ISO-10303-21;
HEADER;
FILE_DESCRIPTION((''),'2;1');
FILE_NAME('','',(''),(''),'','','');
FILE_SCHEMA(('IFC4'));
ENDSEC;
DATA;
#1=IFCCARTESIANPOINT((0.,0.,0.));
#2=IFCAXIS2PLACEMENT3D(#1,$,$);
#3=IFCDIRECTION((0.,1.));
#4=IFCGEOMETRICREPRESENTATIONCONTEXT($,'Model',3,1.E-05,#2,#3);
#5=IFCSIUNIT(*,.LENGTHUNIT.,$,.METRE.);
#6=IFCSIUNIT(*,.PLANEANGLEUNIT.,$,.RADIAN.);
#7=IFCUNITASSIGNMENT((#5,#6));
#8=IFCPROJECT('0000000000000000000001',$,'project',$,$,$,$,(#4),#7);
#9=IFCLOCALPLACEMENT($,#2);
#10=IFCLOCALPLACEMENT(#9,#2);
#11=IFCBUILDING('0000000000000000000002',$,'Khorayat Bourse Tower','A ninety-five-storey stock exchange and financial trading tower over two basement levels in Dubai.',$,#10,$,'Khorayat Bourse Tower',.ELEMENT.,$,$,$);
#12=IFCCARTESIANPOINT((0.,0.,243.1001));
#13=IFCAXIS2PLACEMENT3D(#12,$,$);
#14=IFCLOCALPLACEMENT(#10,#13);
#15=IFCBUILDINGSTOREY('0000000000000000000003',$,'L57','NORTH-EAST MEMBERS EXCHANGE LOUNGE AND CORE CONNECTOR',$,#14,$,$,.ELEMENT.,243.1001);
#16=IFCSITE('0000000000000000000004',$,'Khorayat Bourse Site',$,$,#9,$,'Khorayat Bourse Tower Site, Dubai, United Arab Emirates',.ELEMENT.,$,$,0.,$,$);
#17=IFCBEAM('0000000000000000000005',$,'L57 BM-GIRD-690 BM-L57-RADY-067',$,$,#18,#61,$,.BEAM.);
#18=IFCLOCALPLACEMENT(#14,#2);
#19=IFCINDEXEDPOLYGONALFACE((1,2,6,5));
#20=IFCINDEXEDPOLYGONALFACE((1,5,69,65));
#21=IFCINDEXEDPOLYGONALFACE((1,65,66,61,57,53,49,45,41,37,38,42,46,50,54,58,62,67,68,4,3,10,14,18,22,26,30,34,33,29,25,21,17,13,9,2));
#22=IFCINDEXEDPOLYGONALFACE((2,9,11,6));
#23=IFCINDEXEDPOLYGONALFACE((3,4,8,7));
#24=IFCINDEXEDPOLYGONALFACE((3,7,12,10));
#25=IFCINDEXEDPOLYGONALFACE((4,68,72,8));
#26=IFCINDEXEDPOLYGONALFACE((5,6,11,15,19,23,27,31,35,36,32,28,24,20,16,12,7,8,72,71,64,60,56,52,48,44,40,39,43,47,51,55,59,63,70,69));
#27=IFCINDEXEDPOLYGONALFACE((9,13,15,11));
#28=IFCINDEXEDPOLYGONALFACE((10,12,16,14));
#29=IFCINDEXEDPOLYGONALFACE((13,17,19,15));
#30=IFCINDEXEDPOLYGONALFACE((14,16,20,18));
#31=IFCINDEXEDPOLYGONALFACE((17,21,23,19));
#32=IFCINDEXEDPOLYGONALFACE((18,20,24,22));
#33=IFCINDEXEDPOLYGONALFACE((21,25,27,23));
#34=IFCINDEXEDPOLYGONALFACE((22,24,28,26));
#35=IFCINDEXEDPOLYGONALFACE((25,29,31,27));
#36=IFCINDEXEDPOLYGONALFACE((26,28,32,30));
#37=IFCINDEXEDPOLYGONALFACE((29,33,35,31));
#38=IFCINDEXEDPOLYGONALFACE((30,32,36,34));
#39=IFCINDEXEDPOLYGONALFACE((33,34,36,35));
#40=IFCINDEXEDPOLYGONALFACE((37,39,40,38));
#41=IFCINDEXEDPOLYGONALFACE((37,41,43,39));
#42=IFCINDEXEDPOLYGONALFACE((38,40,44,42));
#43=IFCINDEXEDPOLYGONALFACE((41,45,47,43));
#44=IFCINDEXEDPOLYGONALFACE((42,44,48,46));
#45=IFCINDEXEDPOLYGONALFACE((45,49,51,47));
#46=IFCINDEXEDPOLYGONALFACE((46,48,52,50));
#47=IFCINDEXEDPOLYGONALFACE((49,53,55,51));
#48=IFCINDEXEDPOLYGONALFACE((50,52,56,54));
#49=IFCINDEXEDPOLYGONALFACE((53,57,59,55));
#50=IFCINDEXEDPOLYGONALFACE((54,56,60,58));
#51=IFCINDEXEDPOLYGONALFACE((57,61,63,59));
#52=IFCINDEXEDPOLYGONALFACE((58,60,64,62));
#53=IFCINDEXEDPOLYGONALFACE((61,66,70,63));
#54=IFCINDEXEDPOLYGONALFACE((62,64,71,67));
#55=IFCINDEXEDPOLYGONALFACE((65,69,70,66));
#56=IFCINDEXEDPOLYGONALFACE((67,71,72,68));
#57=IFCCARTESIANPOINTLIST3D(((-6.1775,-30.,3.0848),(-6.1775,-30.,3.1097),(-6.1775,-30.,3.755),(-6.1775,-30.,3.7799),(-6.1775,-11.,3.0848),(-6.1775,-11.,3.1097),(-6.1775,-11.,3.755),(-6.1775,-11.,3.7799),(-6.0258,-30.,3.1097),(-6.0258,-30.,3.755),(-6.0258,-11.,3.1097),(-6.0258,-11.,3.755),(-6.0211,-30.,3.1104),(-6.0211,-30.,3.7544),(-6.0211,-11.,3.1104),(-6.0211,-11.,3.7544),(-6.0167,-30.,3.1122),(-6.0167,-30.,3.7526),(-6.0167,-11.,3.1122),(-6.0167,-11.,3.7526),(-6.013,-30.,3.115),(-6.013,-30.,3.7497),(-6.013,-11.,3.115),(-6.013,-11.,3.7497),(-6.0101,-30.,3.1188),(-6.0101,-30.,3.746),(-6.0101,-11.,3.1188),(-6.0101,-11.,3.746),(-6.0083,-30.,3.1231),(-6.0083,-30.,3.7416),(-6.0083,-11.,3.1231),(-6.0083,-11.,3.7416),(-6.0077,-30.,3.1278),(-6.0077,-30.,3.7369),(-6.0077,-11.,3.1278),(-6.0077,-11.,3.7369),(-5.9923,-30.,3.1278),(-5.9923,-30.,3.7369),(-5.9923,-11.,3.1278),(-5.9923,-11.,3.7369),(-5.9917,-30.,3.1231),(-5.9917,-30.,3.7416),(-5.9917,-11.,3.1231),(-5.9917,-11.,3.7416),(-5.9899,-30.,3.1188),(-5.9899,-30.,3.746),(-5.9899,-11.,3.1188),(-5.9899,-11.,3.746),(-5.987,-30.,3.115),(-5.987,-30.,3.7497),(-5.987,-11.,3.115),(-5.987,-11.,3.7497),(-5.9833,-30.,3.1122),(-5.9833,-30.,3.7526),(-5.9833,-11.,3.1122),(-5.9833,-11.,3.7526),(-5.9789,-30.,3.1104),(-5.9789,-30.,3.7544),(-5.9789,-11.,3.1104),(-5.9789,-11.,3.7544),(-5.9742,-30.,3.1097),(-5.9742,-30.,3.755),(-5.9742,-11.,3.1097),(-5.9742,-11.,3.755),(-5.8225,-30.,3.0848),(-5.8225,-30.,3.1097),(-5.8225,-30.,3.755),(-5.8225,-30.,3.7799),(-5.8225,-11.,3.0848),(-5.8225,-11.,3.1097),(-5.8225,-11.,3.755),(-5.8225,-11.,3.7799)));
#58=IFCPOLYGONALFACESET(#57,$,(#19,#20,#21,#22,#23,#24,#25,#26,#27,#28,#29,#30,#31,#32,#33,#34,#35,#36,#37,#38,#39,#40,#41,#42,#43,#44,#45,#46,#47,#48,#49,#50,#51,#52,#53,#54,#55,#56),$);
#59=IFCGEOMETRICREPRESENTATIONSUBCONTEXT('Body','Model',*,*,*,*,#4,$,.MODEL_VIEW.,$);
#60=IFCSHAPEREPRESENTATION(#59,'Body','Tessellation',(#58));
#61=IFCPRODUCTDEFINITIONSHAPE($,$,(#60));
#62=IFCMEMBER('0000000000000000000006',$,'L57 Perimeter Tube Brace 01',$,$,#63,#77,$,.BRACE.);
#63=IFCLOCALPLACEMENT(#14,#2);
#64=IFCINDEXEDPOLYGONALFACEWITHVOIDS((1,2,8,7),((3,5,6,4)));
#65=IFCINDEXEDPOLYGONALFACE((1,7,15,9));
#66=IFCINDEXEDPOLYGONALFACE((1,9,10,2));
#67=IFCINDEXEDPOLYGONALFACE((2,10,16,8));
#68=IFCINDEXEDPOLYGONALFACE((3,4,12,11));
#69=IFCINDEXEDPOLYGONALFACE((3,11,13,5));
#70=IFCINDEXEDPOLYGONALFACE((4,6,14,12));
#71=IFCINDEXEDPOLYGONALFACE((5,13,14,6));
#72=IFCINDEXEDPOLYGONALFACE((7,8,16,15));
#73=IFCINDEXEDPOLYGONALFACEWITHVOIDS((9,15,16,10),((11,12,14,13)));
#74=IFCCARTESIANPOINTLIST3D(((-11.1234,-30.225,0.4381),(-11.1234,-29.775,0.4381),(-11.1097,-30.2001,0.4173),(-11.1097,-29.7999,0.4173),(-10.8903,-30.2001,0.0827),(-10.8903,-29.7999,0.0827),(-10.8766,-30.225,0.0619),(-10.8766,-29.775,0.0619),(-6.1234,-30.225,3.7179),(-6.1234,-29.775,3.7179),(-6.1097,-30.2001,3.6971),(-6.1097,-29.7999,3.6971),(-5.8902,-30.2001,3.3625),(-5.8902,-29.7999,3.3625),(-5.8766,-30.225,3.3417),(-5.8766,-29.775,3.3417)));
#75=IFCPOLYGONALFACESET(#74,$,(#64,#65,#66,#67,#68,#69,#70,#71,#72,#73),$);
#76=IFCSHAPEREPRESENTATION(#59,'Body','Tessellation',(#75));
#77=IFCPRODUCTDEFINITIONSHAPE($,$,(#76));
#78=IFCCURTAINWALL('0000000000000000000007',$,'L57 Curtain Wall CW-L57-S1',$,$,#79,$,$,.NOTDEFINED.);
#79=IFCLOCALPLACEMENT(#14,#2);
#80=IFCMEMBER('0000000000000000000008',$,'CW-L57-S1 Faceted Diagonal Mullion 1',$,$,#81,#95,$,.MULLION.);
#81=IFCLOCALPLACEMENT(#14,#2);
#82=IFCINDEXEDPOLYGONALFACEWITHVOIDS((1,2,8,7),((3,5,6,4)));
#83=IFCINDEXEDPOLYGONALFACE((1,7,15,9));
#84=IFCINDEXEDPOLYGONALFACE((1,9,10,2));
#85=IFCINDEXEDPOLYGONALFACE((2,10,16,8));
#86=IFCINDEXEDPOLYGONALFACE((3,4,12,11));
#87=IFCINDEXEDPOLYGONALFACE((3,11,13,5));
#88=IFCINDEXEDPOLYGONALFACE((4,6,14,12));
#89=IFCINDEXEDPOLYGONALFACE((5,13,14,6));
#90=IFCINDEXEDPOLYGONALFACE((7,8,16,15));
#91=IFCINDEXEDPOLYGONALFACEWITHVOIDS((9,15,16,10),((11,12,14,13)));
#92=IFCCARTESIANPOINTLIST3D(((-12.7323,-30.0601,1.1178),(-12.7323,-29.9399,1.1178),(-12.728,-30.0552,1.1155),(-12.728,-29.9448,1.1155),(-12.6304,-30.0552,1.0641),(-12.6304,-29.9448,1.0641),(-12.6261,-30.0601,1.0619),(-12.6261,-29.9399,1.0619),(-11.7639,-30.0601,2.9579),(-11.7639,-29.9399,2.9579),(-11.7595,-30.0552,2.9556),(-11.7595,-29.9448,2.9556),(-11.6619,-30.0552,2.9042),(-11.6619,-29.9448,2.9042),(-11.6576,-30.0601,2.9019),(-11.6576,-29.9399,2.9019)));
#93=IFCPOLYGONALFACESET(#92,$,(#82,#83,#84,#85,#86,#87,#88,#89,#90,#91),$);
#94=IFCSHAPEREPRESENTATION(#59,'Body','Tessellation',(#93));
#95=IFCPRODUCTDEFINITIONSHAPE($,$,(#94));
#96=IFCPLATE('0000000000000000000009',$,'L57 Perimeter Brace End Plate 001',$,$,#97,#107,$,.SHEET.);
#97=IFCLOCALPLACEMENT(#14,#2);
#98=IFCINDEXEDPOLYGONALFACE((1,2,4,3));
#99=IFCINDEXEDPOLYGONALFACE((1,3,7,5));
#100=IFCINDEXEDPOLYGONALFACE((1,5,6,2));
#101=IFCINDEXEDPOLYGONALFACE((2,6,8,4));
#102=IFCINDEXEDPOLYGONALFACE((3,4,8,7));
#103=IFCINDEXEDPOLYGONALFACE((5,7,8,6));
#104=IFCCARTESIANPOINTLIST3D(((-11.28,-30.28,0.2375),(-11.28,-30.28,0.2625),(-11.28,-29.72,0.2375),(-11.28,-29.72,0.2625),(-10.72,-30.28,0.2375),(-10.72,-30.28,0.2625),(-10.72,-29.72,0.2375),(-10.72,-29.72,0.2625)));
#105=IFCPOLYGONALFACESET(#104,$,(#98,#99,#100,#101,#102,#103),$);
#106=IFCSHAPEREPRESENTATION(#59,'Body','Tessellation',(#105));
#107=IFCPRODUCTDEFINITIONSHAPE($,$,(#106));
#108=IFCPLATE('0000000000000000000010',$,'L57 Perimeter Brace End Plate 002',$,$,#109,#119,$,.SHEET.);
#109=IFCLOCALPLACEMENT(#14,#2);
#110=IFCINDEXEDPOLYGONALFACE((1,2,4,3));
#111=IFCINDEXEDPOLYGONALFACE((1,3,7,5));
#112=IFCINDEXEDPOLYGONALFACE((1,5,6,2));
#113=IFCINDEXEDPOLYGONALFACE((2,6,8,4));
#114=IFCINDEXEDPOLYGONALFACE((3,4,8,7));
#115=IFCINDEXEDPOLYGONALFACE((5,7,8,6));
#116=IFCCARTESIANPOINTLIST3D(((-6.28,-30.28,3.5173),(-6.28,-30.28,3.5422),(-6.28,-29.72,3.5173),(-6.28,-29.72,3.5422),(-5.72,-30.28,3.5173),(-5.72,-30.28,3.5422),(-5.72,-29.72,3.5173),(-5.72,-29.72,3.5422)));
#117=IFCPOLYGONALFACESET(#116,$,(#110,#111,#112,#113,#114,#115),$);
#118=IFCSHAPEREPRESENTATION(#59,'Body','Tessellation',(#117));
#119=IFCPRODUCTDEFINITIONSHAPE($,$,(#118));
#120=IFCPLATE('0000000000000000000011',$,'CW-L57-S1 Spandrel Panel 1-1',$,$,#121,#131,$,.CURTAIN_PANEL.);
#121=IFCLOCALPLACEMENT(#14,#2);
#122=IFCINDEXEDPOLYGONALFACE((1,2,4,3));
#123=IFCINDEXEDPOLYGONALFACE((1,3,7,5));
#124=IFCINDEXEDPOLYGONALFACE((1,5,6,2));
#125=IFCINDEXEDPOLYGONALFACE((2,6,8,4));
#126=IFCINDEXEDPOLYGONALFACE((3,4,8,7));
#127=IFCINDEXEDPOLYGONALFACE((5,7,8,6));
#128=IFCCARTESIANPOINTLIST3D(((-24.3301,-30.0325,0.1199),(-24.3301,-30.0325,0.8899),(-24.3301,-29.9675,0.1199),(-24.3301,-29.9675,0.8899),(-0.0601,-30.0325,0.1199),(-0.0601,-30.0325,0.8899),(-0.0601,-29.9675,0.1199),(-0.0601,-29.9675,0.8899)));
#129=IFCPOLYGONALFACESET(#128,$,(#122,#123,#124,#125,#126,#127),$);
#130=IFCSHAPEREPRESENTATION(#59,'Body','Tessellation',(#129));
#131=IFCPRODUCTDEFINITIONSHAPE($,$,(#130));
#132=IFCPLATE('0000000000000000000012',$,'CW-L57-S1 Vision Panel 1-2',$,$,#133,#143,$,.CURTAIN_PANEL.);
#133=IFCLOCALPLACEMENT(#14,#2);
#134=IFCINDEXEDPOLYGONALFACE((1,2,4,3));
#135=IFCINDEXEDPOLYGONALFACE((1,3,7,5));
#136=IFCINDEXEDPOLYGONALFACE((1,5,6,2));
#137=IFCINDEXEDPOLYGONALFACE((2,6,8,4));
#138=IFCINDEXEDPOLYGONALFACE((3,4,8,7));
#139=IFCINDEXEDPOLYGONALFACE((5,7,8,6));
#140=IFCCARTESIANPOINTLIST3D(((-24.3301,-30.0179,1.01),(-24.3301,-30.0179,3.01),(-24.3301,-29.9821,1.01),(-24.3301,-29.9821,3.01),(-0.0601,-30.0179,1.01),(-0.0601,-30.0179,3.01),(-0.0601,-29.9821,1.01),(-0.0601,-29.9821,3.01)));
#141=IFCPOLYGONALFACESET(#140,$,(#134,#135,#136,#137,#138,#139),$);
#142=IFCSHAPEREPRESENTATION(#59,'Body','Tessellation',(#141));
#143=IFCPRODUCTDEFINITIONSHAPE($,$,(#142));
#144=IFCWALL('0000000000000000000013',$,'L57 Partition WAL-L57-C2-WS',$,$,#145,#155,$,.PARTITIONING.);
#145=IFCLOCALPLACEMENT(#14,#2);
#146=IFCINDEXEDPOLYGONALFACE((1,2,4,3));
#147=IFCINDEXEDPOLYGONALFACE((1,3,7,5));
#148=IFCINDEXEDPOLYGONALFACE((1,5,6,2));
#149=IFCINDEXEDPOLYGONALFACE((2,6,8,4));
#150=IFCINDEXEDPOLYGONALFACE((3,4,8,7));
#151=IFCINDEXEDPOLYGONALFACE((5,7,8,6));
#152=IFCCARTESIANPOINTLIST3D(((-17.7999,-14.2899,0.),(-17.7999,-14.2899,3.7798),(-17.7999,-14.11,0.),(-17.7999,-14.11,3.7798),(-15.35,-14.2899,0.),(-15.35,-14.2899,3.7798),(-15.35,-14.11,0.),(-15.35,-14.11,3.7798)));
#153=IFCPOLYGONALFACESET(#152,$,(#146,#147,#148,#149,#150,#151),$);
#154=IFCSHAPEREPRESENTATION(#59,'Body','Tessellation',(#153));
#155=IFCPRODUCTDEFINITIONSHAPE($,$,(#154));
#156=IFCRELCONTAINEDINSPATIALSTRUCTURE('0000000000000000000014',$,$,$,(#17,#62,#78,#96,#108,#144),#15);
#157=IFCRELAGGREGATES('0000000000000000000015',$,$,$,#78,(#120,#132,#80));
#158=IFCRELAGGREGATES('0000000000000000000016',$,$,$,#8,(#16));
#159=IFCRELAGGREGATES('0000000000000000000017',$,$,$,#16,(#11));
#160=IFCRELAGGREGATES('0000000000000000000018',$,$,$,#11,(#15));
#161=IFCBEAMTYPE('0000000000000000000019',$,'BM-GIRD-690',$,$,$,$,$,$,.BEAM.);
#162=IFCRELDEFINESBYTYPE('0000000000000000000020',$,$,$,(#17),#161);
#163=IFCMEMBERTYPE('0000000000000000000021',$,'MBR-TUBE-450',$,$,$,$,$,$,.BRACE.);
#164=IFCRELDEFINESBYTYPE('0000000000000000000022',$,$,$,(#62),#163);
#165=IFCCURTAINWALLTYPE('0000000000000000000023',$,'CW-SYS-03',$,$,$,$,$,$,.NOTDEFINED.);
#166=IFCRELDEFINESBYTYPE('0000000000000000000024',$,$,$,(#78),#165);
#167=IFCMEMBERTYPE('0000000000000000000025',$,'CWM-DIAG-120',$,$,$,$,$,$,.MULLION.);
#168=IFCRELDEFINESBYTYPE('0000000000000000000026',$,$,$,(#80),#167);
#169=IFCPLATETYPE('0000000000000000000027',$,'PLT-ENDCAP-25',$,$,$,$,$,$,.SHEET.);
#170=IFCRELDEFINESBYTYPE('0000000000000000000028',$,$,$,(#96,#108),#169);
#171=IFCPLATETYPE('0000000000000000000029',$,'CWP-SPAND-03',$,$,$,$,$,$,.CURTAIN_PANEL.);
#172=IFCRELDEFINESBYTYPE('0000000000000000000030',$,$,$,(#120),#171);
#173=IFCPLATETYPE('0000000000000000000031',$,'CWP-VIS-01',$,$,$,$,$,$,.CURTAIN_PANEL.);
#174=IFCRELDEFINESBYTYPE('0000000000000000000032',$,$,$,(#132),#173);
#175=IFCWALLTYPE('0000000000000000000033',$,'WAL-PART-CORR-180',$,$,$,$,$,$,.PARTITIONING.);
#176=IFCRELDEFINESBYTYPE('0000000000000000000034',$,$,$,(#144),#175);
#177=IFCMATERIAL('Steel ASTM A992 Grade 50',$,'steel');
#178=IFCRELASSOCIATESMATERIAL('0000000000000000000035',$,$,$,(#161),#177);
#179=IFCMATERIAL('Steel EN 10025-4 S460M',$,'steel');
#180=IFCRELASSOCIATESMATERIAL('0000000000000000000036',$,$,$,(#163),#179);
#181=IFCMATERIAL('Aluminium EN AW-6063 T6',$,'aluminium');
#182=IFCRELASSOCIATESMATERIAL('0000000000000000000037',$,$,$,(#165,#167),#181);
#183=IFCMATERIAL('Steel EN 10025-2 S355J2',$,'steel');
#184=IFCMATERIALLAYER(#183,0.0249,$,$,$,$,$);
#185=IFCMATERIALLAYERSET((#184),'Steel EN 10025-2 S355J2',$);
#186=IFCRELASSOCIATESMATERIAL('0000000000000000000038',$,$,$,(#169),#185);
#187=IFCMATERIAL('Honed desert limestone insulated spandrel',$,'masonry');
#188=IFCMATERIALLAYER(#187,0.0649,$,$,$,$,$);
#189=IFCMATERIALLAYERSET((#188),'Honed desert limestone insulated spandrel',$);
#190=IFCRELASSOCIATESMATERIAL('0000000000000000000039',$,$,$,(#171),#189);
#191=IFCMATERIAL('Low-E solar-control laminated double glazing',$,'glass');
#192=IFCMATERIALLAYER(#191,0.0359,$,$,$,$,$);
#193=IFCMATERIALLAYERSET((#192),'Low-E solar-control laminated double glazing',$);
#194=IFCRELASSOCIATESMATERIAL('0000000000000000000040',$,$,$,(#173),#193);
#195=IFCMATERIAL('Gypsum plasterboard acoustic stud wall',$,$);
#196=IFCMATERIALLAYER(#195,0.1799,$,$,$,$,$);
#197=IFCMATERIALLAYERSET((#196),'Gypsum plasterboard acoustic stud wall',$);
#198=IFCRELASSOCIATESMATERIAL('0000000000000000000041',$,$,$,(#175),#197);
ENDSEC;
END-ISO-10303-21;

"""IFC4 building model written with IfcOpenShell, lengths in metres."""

from ifc_helpers import new_model, si_unit, direction, frame, frame_2d, origin, origin_2d, place, context, subcontext, project, spatial, rectangle, hollow_rectangle, i_section, extrude, source, transform, mapped, material, layer, layer_set, material_profile, profile_set, type_object, element, aggregate, save


model = new_model("IFC4")

# Units and contexts
model_context = context("Model", 3, precision=1e-05, world=origin(), true_north=direction((0.0, 1.0)))
body_context = subcontext(model_context, "Body", "Model", "MODEL_VIEW")
ifc_project = project(units=[si_unit("LENGTHUNIT", "METRE"), si_unit("PLANEANGLEUNIT", "RADIAN")], contexts=[model_context])

# Site, building, storey
site_placement = place(None, origin())
site = spatial("IfcSite", under=ifc_project, at=site_placement, Name="Khorayat Bourse Site", LongName="Khorayat Bourse Tower Site, Dubai, United Arab Emirates", CompositionType="ELEMENT", RefElevation=0.0)
building_placement = place(site_placement, origin())
building = spatial("IfcBuilding", under=site, at=building_placement, Name="Khorayat Bourse Tower", Description="A ninety-five-storey stock exchange and financial trading tower over two basement levels in Dubai.", LongName="Khorayat Bourse Tower", CompositionType="ELEMENT")
storey_placement = place(building_placement, frame((0.0, 0.0, 243.1001)))
storey = spatial("IfcBuildingStorey", under=building, at=storey_placement, Name="L57", Description="NORTH-EAST MEMBERS EXCHANGE LOUNGE AND CORE CONNECTOR", CompositionType="ELEMENT", Elevation=243.1001)

# Shared definitions
ifc_material_1 = material(Name="Steel EN 10025-4 S460M", Category="steel")

# Beam
ifc_material_2 = material(Name="Steel ASTM A992 Grade 50", Category="steel")
ifc_material_profile_1 = material_profile(ifc_material_2, i_section(OverallWidth=0.355, OverallDepth=0.6951, WebThickness=0.0154, FlangeThickness=0.0249, FilletRadius=0.0181, at=origin_2d()), Name="W690X217")
ifc_profile_set_1 = profile_set([ifc_material_profile_1], Name="Steel ASTM A992 Grade 50")
beam_type_1 = type_object("IfcBeamType", Name="BM-GIRD-690", PredefinedType="BEAM", material=ifc_profile_set_1)
shared_shape_1 = source(origin(), body_context, "Body", "SweptSolid", [
    extrude(i_section(OverallWidth=0.355, OverallDepth=0.6951, WebThickness=0.0154, FlangeThickness=0.0249, FilletRadius=0.0181, at=origin_2d()), origin(), (0.0, 0.0, 1.0), 19.0),
])
for number, where, z_axis, x_axis, name in (
    (1, (-6.0, -30.0, 3.4324), (0.0, 1.0, 0.0), (-1.0, 0.0, 0.0), "L57 BM-GIRD-690 BM-L57-RADY-067"),
):
    element("IfcBeam", number, at=place(storey_placement, frame(where, z_axis=z_axis, x_axis=x_axis)), inside=storey, type_object=beam_type_1, Name=name, PredefinedType="BEAM", context=body_context, shape_type="MappedRepresentation", body=[
        mapped(shared_shape_1, transform((0.0, 0.0, 0.0), scale=1.0)),
    ])

# Member
ifc_material_profile_2 = material_profile(ifc_material_1, hollow_rectangle(XDim=0.45, YDim=0.45, WallThickness=0.0249, at=origin_2d()), Name="HSS 450x450x25")
ifc_profile_set_2 = profile_set([ifc_material_profile_2], Name="Steel EN 10025-4 S460M")
member_type_1 = type_object("IfcMemberType", Name="MBR-TUBE-450", PredefinedType="BRACE", material=ifc_profile_set_2)
shared_shape_2 = source(origin(), body_context, "Body", "SweptSolid", [
    extrude(hollow_rectangle(XDim=0.45, YDim=0.45, WallThickness=0.0249, at=origin_2d()), origin(), (0.0, 0.0, 1.0), 5.9797),
])
member_1_placement = place(storey_placement, frame((-11.0, -30.0, 0.25), z_axis=(0.83616, 0.0, 0.548485), x_axis=(0.0, 1.0, 0.0)))
element("IfcMember", 2, at=member_1_placement, inside=storey, type_object=member_type_1, Name="L57 Perimeter Tube Brace 01", PredefinedType="BRACE", context=body_context, shape_type="MappedRepresentation", body=[
    mapped(shared_shape_2, transform((0.0, 0.0, 0.0), scale=1.0)),
])

# Curtain wall, member
ifc_material_3 = material(Name="Aluminium EN AW-6063 T6", Category="aluminium")
curtain_wall_type = type_object("IfcCurtainWallType", Name="CW-SYS-03", PredefinedType="NOTDEFINED", material=ifc_material_3)
curtain_wall_placement = place(storey_placement, origin())
curtain_wall = element("IfcCurtainWall", 3, at=curtain_wall_placement, inside=storey, type_object=curtain_wall_type, Name="L57 Curtain Wall CW-L57-S1", PredefinedType="NOTDEFINED")
ifc_material_profile_3 = material_profile(ifc_material_3, hollow_rectangle(XDim=0.1201, YDim=0.1201, WallThickness=0.0049, at=origin_2d()), Name="ALU 120x120x5")
ifc_profile_set_3 = profile_set([ifc_material_profile_3], Name="Aluminium EN AW-6063 T6")
member_type_2 = type_object("IfcMemberType", Name="CWM-DIAG-120", PredefinedType="MULLION", material=ifc_profile_set_3)
shared_shape_3 = source(origin(), body_context, "Body", "SweptSolid", [
    extrude(hollow_rectangle(XDim=0.1201, YDim=0.1201, WallThickness=0.0049, at=origin_2d()), origin(), (0.0, 0.0, 1.0), 2.0793),
])
member_2_placement = place(storey_placement, frame((-12.6792, -30.0, 1.0898), z_axis=(0.465761, 0.0, 0.884911), x_axis=(0.0, 1.0, 0.0)))
member_2 = element("IfcMember", 4, at=member_2_placement, type_object=member_type_2, Name="CW-L57-S1 Faceted Diagonal Mullion 1", PredefinedType="MULLION", context=body_context, shape_type="MappedRepresentation", body=[
    mapped(shared_shape_3, transform((0.0, 0.0, 0.0), scale=1.0)),
])

# Plates
ifc_material_4 = material(Name="Steel EN 10025-2 S355J2", Category="steel")
ifc_layer_1 = layer(ifc_material_4, 0.0249)
ifc_layer_set_1 = layer_set([ifc_layer_1], Name="Steel EN 10025-2 S355J2")
plate_type_1 = type_object("IfcPlateType", Name="PLT-ENDCAP-25", PredefinedType="SHEET", material=ifc_layer_set_1)
shared_shape_4 = source(origin(), body_context, "Body", "SweptSolid", [
    extrude(rectangle(XDim=0.5601, YDim=0.5601, at=origin_2d()), origin(), (0.0, 0.0, 1.0), 0.0249),
])
for number, where, z_axis, x_axis, name in (
    (5, (-11.0, -30.0, 0.2375), (0.0, 0.0, 1.0), (1.0, 0.0, 0.0), "L57 Perimeter Brace End Plate 001"),
    (6, (-6.0, -30.0, 3.5173), (0.0, 0.0, 1.0), (1.0, 0.0, 0.0), "L57 Perimeter Brace End Plate 002"),
):
    element("IfcPlate", number, at=place(storey_placement, frame(where, z_axis=z_axis, x_axis=x_axis)), inside=storey, type_object=plate_type_1, Name=name, PredefinedType="SHEET", context=body_context, shape_type="MappedRepresentation", body=[
        mapped(shared_shape_4, transform((0.0, 0.0, 0.0), scale=1.0)),
    ])

# Plates
ifc_material_5 = material(Name="Honed desert limestone insulated spandrel", Category="masonry")
ifc_layer_2 = layer(ifc_material_5, 0.0649)
ifc_layer_set_2 = layer_set([ifc_layer_2], Name="Honed desert limestone insulated spandrel")
plate_type_2 = type_object("IfcPlateType", Name="CWP-SPAND-03", PredefinedType="CURTAIN_PANEL", material=ifc_layer_set_2)
shared_shape_5 = source(origin(), body_context, "Body", "SweptSolid", [
    extrude(rectangle(XDim=24.27, YDim=0.0649, at=origin_2d()), origin(), (0.0, 0.0, 1.0), 0.77),
])
plate_1_placement = place(storey_placement, frame((-12.1951, -30.0, 0.1199), z_axis=(0.0, 0.0, 1.0), x_axis=(1.0, 0.0, 0.0)))
plate_1 = element("IfcPlate", 7, at=plate_1_placement, type_object=plate_type_2, Name="CW-L57-S1 Spandrel Panel 1-1", PredefinedType="CURTAIN_PANEL", context=body_context, shape_type="MappedRepresentation", body=[
    mapped(shared_shape_5, transform((0.0, 0.0, 0.0), scale=1.0)),
])
ifc_material_6 = material(Name="Low-E solar-control laminated double glazing", Category="glass")
ifc_layer_3 = layer(ifc_material_6, 0.0359)
ifc_layer_set_3 = layer_set([ifc_layer_3], Name="Low-E solar-control laminated double glazing")
plate_type_3 = type_object("IfcPlateType", Name="CWP-VIS-01", PredefinedType="CURTAIN_PANEL", material=ifc_layer_set_3)
shared_shape_6 = source(origin(), body_context, "Body", "SweptSolid", [
    extrude(rectangle(XDim=24.27, YDim=0.0359, at=origin_2d()), origin(), (0.0, 0.0, 1.0), 2.0),
])
plate_2_placement = place(storey_placement, frame((-12.1951, -30.0, 1.01), z_axis=(0.0, 0.0, 1.0), x_axis=(1.0, 0.0, 0.0)))
plate_2 = element("IfcPlate", 8, at=plate_2_placement, type_object=plate_type_3, Name="CW-L57-S1 Vision Panel 1-2", PredefinedType="CURTAIN_PANEL", context=body_context, shape_type="MappedRepresentation", body=[
    mapped(shared_shape_6, transform((0.0, 0.0, 0.0), scale=1.0)),
])
aggregate(curtain_wall, [plate_1, plate_2, member_2])

# Wall
ifc_material_7 = material(Name="Gypsum plasterboard acoustic stud wall")
ifc_layer_4 = layer(ifc_material_7, 0.1799)
ifc_layer_set_4 = layer_set([ifc_layer_4], Name="Gypsum plasterboard acoustic stud wall")
wall_type_1 = type_object("IfcWallType", Name="WAL-PART-CORR-180", PredefinedType="PARTITIONING", material=ifc_layer_set_4)
shared_shape_7 = source(origin(), body_context, "Body", "SweptSolid", [
    extrude(rectangle(XDim=2.45, YDim=0.1799, at=frame_2d((1.2251, 0.0))), origin(), (0.0, 0.0, 1.0), 3.7798),
])
wall_1_placement = place(storey_placement, frame((-17.8, -14.2, 0.0), z_axis=(0.0, 0.0, 1.0), x_axis=(1.0, 0.0, 0.0)))
element("IfcWall", 9, at=wall_1_placement, inside=storey, type_object=wall_type_1, Name="L57 Partition WAL-L57-C2-WS", PredefinedType="PARTITIONING", context=body_context, shape_type="MappedRepresentation", body=[
    mapped(shared_shape_7, transform((0.0, 0.0, 0.0), scale=1.0)),
])

save(model, "model.ifc")
